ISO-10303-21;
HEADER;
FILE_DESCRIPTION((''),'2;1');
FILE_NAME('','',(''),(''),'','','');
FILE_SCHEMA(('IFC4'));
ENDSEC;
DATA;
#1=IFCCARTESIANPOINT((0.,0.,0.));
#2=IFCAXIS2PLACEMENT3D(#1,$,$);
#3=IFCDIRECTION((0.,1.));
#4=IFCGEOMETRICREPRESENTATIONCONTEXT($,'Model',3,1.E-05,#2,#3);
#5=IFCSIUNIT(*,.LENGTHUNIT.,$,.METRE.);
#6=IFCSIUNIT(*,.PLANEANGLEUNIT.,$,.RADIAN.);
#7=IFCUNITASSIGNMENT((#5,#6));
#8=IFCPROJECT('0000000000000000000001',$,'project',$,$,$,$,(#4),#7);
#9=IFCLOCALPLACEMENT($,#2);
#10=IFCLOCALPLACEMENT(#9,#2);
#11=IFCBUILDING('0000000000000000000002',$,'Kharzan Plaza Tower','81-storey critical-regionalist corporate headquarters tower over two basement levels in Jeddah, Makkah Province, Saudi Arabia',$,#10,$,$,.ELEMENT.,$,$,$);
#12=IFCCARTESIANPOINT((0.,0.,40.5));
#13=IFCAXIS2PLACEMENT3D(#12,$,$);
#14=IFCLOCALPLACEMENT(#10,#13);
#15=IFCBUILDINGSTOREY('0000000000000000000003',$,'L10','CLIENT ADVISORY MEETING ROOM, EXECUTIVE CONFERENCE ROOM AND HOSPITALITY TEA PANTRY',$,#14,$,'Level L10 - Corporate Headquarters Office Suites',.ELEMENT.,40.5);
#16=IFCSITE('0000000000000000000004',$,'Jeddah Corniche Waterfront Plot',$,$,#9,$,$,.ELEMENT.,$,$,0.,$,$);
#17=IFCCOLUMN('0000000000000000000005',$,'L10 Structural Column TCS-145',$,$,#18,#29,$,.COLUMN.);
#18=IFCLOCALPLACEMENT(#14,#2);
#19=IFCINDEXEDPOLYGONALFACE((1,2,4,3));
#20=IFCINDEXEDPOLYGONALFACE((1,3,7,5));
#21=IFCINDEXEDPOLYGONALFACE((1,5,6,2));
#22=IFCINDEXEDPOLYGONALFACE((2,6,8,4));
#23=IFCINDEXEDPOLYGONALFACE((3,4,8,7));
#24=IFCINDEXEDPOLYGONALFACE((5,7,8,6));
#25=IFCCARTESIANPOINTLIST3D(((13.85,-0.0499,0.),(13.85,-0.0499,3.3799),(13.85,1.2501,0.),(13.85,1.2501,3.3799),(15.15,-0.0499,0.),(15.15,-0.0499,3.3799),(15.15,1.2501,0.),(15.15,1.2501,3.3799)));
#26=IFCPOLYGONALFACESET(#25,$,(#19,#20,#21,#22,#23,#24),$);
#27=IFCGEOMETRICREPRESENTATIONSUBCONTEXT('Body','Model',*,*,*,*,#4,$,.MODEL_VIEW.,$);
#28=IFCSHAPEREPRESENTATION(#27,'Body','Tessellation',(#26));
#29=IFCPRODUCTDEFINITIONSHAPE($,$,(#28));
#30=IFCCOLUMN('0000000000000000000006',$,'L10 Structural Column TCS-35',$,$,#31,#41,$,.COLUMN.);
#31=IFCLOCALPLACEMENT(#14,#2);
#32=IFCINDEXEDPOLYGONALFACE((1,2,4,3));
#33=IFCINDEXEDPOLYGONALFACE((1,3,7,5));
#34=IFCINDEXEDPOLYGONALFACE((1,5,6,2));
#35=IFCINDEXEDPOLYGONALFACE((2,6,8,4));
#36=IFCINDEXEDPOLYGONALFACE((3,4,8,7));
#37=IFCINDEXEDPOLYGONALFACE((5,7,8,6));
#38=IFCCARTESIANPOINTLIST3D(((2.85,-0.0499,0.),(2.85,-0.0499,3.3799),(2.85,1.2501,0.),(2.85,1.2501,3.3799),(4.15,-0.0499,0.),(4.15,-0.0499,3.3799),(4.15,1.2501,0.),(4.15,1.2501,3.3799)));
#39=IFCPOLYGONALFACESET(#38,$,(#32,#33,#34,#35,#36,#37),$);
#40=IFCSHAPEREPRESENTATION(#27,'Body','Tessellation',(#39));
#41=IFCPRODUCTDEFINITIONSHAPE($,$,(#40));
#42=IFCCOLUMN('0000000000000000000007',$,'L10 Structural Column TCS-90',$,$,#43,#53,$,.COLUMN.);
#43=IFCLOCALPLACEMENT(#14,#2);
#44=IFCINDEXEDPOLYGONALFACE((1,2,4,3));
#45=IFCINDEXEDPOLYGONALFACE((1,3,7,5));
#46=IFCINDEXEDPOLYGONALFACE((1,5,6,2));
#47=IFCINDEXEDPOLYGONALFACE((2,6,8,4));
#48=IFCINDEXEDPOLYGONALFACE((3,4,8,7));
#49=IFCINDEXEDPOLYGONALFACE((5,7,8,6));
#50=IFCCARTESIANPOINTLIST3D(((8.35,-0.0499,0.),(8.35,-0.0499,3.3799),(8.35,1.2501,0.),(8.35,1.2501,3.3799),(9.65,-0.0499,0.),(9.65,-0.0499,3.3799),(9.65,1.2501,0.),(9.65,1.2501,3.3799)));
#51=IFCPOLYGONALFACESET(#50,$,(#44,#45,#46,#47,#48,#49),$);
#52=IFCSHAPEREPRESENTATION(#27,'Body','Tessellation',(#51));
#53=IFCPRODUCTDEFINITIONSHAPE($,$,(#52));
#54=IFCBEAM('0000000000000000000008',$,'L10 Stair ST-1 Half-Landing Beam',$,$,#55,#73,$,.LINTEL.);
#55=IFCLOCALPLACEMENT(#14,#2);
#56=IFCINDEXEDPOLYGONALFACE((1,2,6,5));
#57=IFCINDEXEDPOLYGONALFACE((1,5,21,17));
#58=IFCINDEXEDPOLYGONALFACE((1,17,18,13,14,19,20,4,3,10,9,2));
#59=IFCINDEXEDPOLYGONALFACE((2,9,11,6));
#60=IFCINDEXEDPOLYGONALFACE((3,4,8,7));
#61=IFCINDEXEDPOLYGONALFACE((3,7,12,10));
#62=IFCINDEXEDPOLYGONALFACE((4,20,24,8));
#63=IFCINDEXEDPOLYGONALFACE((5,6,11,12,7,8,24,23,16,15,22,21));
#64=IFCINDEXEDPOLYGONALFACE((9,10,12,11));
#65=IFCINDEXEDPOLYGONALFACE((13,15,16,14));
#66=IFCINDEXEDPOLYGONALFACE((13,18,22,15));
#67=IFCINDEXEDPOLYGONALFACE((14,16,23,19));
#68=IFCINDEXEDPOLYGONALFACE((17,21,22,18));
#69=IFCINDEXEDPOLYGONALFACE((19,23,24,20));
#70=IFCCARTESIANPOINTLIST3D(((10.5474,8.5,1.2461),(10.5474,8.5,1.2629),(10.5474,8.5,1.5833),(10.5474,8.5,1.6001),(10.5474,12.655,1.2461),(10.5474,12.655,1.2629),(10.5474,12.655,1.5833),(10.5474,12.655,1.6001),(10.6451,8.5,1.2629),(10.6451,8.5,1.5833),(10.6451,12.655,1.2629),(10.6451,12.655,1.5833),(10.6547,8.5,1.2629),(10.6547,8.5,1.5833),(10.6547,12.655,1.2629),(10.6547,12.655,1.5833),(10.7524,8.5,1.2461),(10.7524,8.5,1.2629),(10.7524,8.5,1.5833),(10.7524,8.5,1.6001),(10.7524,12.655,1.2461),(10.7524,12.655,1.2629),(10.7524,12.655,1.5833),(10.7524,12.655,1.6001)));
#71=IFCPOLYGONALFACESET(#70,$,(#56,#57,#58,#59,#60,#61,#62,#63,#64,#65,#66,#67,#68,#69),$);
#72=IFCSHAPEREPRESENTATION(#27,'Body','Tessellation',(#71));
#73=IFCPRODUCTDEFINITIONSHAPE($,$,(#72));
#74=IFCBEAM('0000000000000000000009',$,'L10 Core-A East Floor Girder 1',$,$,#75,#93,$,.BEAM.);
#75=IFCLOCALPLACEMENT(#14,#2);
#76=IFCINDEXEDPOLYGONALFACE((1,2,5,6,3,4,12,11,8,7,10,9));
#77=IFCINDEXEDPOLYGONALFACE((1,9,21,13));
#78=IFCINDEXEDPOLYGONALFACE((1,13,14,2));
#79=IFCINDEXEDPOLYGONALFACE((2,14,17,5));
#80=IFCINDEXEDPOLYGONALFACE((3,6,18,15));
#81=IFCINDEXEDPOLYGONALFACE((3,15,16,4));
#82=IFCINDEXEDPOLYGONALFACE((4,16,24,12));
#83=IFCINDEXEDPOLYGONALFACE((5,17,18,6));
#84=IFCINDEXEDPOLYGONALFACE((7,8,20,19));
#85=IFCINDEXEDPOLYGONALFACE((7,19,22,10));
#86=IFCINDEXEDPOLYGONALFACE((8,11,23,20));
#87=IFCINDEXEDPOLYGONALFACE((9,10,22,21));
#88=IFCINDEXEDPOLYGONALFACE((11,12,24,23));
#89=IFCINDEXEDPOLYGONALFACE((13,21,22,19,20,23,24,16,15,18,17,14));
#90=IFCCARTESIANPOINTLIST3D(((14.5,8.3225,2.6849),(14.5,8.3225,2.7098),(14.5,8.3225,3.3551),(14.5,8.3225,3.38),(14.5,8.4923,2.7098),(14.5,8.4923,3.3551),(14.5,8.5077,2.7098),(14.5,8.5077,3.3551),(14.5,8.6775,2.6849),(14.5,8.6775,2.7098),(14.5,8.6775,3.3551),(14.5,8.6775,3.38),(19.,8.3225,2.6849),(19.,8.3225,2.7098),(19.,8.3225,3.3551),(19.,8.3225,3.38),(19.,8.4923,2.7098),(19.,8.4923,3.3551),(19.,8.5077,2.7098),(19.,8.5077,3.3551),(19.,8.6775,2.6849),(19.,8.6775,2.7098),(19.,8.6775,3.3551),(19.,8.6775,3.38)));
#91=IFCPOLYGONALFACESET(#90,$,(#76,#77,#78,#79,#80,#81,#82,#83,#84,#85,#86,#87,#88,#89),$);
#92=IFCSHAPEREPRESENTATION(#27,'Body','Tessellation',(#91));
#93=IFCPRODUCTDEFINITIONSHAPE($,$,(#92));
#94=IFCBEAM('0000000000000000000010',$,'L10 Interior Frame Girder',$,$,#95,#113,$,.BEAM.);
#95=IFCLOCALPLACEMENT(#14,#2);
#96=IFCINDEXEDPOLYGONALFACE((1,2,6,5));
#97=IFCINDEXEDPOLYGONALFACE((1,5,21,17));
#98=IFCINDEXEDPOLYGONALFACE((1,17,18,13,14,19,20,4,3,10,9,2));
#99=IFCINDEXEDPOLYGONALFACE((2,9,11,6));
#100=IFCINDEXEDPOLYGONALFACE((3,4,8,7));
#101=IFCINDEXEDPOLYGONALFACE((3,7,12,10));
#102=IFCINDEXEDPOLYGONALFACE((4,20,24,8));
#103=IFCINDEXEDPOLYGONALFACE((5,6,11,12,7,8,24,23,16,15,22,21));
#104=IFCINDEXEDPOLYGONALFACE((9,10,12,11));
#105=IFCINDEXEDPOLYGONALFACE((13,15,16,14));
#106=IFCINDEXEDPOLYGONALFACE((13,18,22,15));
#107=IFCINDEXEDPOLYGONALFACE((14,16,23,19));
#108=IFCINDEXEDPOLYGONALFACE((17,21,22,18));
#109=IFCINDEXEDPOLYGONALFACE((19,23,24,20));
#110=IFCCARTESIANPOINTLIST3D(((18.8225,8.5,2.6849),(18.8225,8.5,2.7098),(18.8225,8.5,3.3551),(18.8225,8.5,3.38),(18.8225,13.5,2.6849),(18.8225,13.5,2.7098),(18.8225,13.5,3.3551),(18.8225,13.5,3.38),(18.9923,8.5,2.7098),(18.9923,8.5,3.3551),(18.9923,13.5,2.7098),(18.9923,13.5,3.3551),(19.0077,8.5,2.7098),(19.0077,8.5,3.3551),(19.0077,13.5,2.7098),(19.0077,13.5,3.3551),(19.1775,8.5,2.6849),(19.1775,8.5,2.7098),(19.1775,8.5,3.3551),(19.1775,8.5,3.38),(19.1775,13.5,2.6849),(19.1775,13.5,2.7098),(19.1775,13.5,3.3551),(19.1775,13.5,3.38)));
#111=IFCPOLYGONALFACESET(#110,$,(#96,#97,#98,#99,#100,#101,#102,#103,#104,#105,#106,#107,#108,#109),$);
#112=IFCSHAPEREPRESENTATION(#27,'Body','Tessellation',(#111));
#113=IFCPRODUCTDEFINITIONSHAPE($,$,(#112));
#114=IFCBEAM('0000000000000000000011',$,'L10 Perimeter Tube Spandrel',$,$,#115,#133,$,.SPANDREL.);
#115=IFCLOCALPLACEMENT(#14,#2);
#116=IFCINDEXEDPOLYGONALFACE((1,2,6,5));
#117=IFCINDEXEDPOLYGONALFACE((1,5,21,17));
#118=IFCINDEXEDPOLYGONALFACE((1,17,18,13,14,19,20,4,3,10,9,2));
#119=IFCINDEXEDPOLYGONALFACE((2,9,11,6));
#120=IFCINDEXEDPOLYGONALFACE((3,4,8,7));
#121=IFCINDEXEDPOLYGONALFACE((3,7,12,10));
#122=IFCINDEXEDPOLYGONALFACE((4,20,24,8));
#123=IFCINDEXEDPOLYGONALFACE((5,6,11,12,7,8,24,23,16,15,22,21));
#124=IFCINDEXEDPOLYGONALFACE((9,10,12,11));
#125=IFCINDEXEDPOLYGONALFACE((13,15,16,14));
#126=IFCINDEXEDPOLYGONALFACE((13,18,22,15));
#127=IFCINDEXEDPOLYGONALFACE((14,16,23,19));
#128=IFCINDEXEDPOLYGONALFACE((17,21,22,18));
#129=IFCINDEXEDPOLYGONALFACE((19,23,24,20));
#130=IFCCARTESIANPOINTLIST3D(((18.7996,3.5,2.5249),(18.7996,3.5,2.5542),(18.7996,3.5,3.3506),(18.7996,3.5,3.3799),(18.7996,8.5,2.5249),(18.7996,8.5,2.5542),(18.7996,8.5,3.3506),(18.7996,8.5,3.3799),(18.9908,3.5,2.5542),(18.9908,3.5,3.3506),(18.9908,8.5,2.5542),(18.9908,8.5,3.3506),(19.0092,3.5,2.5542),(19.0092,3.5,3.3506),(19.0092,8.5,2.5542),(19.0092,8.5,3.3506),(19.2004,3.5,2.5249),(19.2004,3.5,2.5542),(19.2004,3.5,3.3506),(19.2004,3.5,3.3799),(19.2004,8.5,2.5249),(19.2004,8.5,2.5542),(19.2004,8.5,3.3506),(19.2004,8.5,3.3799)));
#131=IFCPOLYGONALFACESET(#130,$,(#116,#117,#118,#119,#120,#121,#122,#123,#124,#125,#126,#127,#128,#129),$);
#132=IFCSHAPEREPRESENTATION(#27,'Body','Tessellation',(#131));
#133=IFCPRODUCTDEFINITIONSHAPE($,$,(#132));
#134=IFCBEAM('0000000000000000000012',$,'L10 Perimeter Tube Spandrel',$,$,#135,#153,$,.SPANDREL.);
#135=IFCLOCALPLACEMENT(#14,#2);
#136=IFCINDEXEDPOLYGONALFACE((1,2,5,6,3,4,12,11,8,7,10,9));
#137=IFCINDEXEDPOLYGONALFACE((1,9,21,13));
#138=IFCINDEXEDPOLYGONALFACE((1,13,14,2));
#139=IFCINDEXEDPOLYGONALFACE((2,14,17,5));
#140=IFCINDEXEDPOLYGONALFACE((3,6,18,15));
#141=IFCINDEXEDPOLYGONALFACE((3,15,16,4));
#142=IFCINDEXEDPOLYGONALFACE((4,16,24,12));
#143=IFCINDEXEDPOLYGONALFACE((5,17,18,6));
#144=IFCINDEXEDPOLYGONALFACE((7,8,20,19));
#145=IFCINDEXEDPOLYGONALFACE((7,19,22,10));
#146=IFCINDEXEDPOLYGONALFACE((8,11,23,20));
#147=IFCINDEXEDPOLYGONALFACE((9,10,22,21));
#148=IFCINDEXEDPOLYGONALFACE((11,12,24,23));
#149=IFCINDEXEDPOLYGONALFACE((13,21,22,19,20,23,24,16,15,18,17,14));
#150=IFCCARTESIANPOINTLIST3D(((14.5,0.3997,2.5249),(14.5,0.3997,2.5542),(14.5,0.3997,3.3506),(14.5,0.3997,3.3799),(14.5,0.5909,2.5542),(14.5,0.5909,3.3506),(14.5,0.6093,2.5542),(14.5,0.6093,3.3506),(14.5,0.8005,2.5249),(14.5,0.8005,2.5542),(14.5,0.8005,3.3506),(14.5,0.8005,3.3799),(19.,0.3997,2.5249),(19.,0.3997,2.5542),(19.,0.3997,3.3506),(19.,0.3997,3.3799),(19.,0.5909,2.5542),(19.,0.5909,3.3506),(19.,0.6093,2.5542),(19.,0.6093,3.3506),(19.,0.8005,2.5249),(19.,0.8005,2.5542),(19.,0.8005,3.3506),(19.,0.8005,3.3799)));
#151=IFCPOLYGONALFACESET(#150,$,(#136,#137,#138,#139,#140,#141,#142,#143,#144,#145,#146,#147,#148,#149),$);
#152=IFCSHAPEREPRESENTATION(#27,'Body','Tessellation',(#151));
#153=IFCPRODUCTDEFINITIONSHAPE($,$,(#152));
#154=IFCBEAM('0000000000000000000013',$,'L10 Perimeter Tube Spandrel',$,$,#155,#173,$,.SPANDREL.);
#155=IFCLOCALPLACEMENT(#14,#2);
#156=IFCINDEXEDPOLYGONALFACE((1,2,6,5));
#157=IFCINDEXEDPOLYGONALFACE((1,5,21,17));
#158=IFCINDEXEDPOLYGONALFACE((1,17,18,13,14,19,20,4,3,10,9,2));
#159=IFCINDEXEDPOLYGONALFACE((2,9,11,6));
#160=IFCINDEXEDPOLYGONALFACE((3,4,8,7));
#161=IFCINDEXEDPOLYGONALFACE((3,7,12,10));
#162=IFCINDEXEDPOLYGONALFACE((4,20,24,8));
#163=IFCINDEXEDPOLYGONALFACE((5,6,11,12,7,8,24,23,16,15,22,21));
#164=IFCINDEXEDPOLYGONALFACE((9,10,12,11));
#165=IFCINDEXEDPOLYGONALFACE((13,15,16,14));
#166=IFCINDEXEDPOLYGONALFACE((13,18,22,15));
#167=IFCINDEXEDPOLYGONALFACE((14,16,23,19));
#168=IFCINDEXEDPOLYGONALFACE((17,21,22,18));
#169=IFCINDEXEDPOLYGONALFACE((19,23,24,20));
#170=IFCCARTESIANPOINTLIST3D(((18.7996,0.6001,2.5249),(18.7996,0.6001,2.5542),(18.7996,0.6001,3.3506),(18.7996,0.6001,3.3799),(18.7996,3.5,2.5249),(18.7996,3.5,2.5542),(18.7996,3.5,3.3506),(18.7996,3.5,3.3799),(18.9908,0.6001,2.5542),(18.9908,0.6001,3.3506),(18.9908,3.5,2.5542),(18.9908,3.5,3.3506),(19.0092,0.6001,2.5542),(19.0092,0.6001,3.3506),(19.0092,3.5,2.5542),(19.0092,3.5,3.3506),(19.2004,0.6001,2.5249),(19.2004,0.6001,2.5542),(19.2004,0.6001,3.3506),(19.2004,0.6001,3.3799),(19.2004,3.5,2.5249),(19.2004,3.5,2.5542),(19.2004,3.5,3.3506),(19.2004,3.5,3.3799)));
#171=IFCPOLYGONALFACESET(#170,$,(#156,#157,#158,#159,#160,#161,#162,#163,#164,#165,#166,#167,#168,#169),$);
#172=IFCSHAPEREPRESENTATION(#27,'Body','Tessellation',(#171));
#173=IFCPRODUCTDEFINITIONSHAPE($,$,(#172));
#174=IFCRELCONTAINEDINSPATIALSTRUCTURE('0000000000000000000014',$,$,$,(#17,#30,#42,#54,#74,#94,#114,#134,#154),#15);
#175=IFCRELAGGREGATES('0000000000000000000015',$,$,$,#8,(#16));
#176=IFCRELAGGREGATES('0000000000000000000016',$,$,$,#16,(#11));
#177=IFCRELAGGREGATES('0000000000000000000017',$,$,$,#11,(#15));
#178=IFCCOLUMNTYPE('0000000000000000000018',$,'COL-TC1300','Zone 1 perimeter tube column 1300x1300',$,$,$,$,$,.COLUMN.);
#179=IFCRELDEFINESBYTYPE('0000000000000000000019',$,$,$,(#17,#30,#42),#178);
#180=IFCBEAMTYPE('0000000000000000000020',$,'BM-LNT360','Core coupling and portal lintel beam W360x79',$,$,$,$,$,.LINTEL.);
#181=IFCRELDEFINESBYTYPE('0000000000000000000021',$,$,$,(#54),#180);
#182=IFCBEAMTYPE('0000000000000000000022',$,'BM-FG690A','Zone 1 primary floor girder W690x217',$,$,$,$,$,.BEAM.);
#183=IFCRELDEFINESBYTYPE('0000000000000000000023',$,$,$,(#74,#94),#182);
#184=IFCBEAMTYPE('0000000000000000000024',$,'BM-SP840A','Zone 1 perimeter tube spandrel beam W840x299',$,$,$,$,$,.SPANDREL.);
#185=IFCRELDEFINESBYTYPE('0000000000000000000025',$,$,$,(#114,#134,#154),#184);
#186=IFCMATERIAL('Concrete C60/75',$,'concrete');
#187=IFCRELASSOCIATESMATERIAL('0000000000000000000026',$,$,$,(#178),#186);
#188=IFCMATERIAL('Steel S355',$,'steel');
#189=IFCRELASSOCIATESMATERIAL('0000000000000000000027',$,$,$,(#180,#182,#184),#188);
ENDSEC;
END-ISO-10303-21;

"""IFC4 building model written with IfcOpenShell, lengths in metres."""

from ifc_helpers import new_model, si_unit, direction, frame, origin, origin_2d, place, context, subcontext, project, spatial, rectangle, i_section, extrude, source, transform, mapped, material, material_profile, profile_set, type_object, element, save


model = new_model("IFC4")

# Units and contexts
model_context = context("Model", 3, precision=1e-05, world=origin(), true_north=direction((0.0, 1.0)))
body_context = subcontext(model_context, "Body", "Model", "MODEL_VIEW")
ifc_project = project(units=[si_unit("LENGTHUNIT", "METRE"), si_unit("PLANEANGLEUNIT", "RADIAN")], contexts=[model_context])

# Site, building, storey
site_placement = place(None, origin())
site = spatial("IfcSite", under=ifc_project, at=site_placement, Name="Jeddah Corniche Waterfront Plot", CompositionType="ELEMENT", RefElevation=0.0)
building_placement = place(site_placement, origin())
building = spatial("IfcBuilding", under=site, at=building_placement, Name="Kharzan Plaza Tower", Description="81-storey critical-regionalist corporate headquarters tower over two basement levels in Jeddah, Makkah Province, Saudi Arabia", CompositionType="ELEMENT")
storey_placement = place(building_placement, frame((0.0, 0.0, 40.5)))
storey = spatial("IfcBuildingStorey", under=building, at=storey_placement, Name="L10", Description="CLIENT ADVISORY MEETING ROOM, EXECUTIVE CONFERENCE ROOM AND HOSPITALITY TEA PANTRY", LongName="Level L10 - Corporate Headquarters Office Suites", CompositionType="ELEMENT", Elevation=40.5)

# Columns
ifc_material_1 = material(Name="Concrete C60/75", Category="concrete")
ifc_material_profile_1 = material_profile(ifc_material_1, rectangle(XDim=1.3, YDim=1.3, at=origin_2d()), Name="RC-TC1300x1300")
ifc_profile_set_1 = profile_set([ifc_material_profile_1], Name="Concrete C60/75")
column_type = type_object("IfcColumnType", Name="COL-TC1300", Description="Zone 1 perimeter tube column 1300x1300", PredefinedType="COLUMN", material=ifc_profile_set_1)
shared_shape_1 = source(origin(), body_context, "Body", "SweptSolid", [
    extrude(rectangle(XDim=1.3, YDim=1.3, at=origin_2d()), origin(), (0.0, 0.0, 1.0), 3.3799),
])
for number, where, z_axis, x_axis, name in (
    (1, (14.5, 0.6001, 0.0), (0.0, 0.0, 1.0), (1.0, 0.0, 0.0), "L10 Structural Column TCS-145"),
    (2, (3.5, 0.6001, 0.0), (0.0, 0.0, 1.0), (1.0, 0.0, 0.0), "L10 Structural Column TCS-35"),
    (3, (9.0, 0.6001, 0.0), (0.0, 0.0, 1.0), (1.0, 0.0, 0.0), "L10 Structural Column TCS-90"),
):
    element("IfcColumn", number, at=place(storey_placement, frame(where, z_axis=z_axis, x_axis=x_axis)), inside=storey, type_object=column_type, Name=name, PredefinedType="COLUMN", context=body_context, shape_type="MappedRepresentation", body=[
        mapped(shared_shape_1, transform((0.0, 0.0, 0.0), x_axis=(1.0, 0.0, 0.0), y_axis=(0.0, 1.0, 0.0), z_axis=(0.0, 0.0, 1.0))),
    ])

# Beams
ifc_material_2 = material(Name="Steel S355", Category="steel")
ifc_material_profile_2 = material_profile(ifc_material_2, i_section(OverallWidth=0.2051, OverallDepth=0.354, WebThickness=0.0095, FlangeThickness=0.0168, at=origin_2d()), Name="W360x79")
ifc_profile_set_2 = profile_set([ifc_material_profile_2], Name="Steel S355")
beam_type_1 = type_object("IfcBeamType", Name="BM-LNT360", Description="Core coupling and portal lintel beam W360x79", PredefinedType="LINTEL", material=ifc_profile_set_2)
shared_shape_2 = source(origin(), body_context, "Body", "SweptSolid", [
    extrude(i_section(OverallWidth=0.2051, OverallDepth=0.354, WebThickness=0.0095, FlangeThickness=0.0168, at=origin_2d()), origin(), (0.0, 0.0, 1.0), 4.155),
])
beam_1_placement = place(storey_placement, frame((10.6499, 8.5, 1.4231), z_axis=(0.0, 1.0, 0.0), x_axis=(-1.0, 0.0, 0.0)))
element("IfcBeam", 4, at=beam_1_placement, inside=storey, type_object=beam_type_1, Name="L10 Stair ST-1 Half-Landing Beam", PredefinedType="LINTEL", context=body_context, shape_type="MappedRepresentation", body=[
    mapped(shared_shape_2, transform((0.0, 0.0, 0.0), x_axis=(1.0, 0.0, 0.0), y_axis=(0.0, 1.0, 0.0), z_axis=(0.0, 0.0, 1.0))),
])
ifc_material_profile_3 = material_profile(ifc_material_2, i_section(OverallWidth=0.355, OverallDepth=0.6951, WebThickness=0.0154, FlangeThickness=0.0249, at=origin_2d()), Name="W690x217")
ifc_profile_set_3 = profile_set([ifc_material_profile_3], Name="Steel S355")
beam_type_2 = type_object("IfcBeamType", Name="BM-FG690A", Description="Zone 1 primary floor girder W690x217", PredefinedType="BEAM", material=ifc_profile_set_3)
shared_shape_3 = source(origin(), body_context, "Body", "SweptSolid", [
    extrude(i_section(OverallWidth=0.355, OverallDepth=0.6951, WebThickness=0.0154, FlangeThickness=0.0249, at=origin_2d()), origin(), (0.0, 0.0, 1.0), 4.5),
])
beam_2_placement = place(storey_placement, frame((14.5, 8.5, 3.0325), z_axis=(1.0, 0.0, 0.0), x_axis=(0.0, 1.0, 0.0)))
element("IfcBeam", 5, at=beam_2_placement, inside=storey, type_object=beam_type_2, Name="L10 Core-A East Floor Girder 1", PredefinedType="BEAM", context=body_context, shape_type="MappedRepresentation", body=[
    mapped(shared_shape_3, transform((0.0, 0.0, 0.0), x_axis=(1.0, 0.0, 0.0), y_axis=(0.0, 1.0, 0.0), z_axis=(0.0, 0.0, 1.0))),
])
shared_shape_4 = source(origin(), body_context, "Body", "SweptSolid", [
    extrude(i_section(OverallWidth=0.355, OverallDepth=0.6951, WebThickness=0.0154, FlangeThickness=0.0249, at=origin_2d()), origin(), (0.0, 0.0, 1.0), 5.0),
])
beam_3_placement = place(storey_placement, frame((19.0, 8.5, 3.0325), z_axis=(0.0, 1.0, 0.0), x_axis=(-1.0, 0.0, 0.0)))
element("IfcBeam", 6, at=beam_3_placement, inside=storey, type_object=beam_type_2, Name="L10 Interior Frame Girder", PredefinedType="BEAM", context=body_context, shape_type="MappedRepresentation", body=[
    mapped(shared_shape_4, transform((0.0, 0.0, 0.0), x_axis=(1.0, 0.0, 0.0), y_axis=(0.0, 1.0, 0.0), z_axis=(0.0, 0.0, 1.0))),
])
ifc_material_profile_4 = material_profile(ifc_material_2, i_section(OverallWidth=0.4009, OverallDepth=0.855, WebThickness=0.0183, FlangeThickness=0.0293, at=origin_2d()), Name="W840x299")
ifc_profile_set_4 = profile_set([ifc_material_profile_4], Name="Steel S355")
beam_type_3 = type_object("IfcBeamType", Name="BM-SP840A", Description="Zone 1 perimeter tube spandrel beam W840x299", PredefinedType="SPANDREL", material=ifc_profile_set_4)
shared_shape_5 = source(origin(), body_context, "Body", "SweptSolid", [
    extrude(i_section(OverallWidth=0.4009, OverallDepth=0.855, WebThickness=0.0183, FlangeThickness=0.0293, at=origin_2d()), origin(), (0.0, 0.0, 1.0), 5.0),
])
beam_4_placement = place(storey_placement, frame((19.0, 3.5, 2.9524), z_axis=(0.0, 1.0, 0.0), x_axis=(-1.0, 0.0, 0.0)))
element("IfcBeam", 7, at=beam_4_placement, inside=storey, type_object=beam_type_3, Name="L10 Perimeter Tube Spandrel", PredefinedType="SPANDREL", context=body_context, shape_type="MappedRepresentation", body=[
    mapped(shared_shape_5, transform((0.0, 0.0, 0.0), x_axis=(1.0, 0.0, 0.0), y_axis=(0.0, 1.0, 0.0), z_axis=(0.0, 0.0, 1.0))),
])
shared_shape_6 = source(origin(), body_context, "Body", "SweptSolid", [
    extrude(i_section(OverallWidth=0.4009, OverallDepth=0.855, WebThickness=0.0183, FlangeThickness=0.0293, at=origin_2d()), origin(), (0.0, 0.0, 1.0), 4.5),
])
beam_5_placement = place(storey_placement, frame((14.5, 0.6001, 2.9524), z_axis=(1.0, 0.0, 0.0), x_axis=(0.0, 1.0, 0.0)))
element("IfcBeam", 8, at=beam_5_placement, inside=storey, type_object=beam_type_3, Name="L10 Perimeter Tube Spandrel", PredefinedType="SPANDREL", context=body_context, shape_type="MappedRepresentation", body=[
    mapped(shared_shape_6, transform((0.0, 0.0, 0.0), x_axis=(1.0, 0.0, 0.0), y_axis=(0.0, 1.0, 0.0), z_axis=(0.0, 0.0, 1.0))),
])
shared_shape_7 = source(origin(), body_context, "Body", "SweptSolid", [
    extrude(i_section(OverallWidth=0.4009, OverallDepth=0.855, WebThickness=0.0183, FlangeThickness=0.0293, at=origin_2d()), origin(), (0.0, 0.0, 1.0), 2.8999),
])
beam_6_placement = place(storey_placement, frame((19.0, 0.6001, 2.9524), z_axis=(0.0, 1.0, 0.0), x_axis=(-1.0, 0.0, 0.0)))
element("IfcBeam", 9, at=beam_6_placement, inside=storey, type_object=beam_type_3, Name="L10 Perimeter Tube Spandrel", PredefinedType="SPANDREL", context=body_context, shape_type="MappedRepresentation", body=[
    mapped(shared_shape_7, transform((0.0, 0.0, 0.0), x_axis=(1.0, 0.0, 0.0), y_axis=(0.0, 1.0, 0.0), z_axis=(0.0, 0.0, 1.0))),
])

save(model, "model.ifc")
